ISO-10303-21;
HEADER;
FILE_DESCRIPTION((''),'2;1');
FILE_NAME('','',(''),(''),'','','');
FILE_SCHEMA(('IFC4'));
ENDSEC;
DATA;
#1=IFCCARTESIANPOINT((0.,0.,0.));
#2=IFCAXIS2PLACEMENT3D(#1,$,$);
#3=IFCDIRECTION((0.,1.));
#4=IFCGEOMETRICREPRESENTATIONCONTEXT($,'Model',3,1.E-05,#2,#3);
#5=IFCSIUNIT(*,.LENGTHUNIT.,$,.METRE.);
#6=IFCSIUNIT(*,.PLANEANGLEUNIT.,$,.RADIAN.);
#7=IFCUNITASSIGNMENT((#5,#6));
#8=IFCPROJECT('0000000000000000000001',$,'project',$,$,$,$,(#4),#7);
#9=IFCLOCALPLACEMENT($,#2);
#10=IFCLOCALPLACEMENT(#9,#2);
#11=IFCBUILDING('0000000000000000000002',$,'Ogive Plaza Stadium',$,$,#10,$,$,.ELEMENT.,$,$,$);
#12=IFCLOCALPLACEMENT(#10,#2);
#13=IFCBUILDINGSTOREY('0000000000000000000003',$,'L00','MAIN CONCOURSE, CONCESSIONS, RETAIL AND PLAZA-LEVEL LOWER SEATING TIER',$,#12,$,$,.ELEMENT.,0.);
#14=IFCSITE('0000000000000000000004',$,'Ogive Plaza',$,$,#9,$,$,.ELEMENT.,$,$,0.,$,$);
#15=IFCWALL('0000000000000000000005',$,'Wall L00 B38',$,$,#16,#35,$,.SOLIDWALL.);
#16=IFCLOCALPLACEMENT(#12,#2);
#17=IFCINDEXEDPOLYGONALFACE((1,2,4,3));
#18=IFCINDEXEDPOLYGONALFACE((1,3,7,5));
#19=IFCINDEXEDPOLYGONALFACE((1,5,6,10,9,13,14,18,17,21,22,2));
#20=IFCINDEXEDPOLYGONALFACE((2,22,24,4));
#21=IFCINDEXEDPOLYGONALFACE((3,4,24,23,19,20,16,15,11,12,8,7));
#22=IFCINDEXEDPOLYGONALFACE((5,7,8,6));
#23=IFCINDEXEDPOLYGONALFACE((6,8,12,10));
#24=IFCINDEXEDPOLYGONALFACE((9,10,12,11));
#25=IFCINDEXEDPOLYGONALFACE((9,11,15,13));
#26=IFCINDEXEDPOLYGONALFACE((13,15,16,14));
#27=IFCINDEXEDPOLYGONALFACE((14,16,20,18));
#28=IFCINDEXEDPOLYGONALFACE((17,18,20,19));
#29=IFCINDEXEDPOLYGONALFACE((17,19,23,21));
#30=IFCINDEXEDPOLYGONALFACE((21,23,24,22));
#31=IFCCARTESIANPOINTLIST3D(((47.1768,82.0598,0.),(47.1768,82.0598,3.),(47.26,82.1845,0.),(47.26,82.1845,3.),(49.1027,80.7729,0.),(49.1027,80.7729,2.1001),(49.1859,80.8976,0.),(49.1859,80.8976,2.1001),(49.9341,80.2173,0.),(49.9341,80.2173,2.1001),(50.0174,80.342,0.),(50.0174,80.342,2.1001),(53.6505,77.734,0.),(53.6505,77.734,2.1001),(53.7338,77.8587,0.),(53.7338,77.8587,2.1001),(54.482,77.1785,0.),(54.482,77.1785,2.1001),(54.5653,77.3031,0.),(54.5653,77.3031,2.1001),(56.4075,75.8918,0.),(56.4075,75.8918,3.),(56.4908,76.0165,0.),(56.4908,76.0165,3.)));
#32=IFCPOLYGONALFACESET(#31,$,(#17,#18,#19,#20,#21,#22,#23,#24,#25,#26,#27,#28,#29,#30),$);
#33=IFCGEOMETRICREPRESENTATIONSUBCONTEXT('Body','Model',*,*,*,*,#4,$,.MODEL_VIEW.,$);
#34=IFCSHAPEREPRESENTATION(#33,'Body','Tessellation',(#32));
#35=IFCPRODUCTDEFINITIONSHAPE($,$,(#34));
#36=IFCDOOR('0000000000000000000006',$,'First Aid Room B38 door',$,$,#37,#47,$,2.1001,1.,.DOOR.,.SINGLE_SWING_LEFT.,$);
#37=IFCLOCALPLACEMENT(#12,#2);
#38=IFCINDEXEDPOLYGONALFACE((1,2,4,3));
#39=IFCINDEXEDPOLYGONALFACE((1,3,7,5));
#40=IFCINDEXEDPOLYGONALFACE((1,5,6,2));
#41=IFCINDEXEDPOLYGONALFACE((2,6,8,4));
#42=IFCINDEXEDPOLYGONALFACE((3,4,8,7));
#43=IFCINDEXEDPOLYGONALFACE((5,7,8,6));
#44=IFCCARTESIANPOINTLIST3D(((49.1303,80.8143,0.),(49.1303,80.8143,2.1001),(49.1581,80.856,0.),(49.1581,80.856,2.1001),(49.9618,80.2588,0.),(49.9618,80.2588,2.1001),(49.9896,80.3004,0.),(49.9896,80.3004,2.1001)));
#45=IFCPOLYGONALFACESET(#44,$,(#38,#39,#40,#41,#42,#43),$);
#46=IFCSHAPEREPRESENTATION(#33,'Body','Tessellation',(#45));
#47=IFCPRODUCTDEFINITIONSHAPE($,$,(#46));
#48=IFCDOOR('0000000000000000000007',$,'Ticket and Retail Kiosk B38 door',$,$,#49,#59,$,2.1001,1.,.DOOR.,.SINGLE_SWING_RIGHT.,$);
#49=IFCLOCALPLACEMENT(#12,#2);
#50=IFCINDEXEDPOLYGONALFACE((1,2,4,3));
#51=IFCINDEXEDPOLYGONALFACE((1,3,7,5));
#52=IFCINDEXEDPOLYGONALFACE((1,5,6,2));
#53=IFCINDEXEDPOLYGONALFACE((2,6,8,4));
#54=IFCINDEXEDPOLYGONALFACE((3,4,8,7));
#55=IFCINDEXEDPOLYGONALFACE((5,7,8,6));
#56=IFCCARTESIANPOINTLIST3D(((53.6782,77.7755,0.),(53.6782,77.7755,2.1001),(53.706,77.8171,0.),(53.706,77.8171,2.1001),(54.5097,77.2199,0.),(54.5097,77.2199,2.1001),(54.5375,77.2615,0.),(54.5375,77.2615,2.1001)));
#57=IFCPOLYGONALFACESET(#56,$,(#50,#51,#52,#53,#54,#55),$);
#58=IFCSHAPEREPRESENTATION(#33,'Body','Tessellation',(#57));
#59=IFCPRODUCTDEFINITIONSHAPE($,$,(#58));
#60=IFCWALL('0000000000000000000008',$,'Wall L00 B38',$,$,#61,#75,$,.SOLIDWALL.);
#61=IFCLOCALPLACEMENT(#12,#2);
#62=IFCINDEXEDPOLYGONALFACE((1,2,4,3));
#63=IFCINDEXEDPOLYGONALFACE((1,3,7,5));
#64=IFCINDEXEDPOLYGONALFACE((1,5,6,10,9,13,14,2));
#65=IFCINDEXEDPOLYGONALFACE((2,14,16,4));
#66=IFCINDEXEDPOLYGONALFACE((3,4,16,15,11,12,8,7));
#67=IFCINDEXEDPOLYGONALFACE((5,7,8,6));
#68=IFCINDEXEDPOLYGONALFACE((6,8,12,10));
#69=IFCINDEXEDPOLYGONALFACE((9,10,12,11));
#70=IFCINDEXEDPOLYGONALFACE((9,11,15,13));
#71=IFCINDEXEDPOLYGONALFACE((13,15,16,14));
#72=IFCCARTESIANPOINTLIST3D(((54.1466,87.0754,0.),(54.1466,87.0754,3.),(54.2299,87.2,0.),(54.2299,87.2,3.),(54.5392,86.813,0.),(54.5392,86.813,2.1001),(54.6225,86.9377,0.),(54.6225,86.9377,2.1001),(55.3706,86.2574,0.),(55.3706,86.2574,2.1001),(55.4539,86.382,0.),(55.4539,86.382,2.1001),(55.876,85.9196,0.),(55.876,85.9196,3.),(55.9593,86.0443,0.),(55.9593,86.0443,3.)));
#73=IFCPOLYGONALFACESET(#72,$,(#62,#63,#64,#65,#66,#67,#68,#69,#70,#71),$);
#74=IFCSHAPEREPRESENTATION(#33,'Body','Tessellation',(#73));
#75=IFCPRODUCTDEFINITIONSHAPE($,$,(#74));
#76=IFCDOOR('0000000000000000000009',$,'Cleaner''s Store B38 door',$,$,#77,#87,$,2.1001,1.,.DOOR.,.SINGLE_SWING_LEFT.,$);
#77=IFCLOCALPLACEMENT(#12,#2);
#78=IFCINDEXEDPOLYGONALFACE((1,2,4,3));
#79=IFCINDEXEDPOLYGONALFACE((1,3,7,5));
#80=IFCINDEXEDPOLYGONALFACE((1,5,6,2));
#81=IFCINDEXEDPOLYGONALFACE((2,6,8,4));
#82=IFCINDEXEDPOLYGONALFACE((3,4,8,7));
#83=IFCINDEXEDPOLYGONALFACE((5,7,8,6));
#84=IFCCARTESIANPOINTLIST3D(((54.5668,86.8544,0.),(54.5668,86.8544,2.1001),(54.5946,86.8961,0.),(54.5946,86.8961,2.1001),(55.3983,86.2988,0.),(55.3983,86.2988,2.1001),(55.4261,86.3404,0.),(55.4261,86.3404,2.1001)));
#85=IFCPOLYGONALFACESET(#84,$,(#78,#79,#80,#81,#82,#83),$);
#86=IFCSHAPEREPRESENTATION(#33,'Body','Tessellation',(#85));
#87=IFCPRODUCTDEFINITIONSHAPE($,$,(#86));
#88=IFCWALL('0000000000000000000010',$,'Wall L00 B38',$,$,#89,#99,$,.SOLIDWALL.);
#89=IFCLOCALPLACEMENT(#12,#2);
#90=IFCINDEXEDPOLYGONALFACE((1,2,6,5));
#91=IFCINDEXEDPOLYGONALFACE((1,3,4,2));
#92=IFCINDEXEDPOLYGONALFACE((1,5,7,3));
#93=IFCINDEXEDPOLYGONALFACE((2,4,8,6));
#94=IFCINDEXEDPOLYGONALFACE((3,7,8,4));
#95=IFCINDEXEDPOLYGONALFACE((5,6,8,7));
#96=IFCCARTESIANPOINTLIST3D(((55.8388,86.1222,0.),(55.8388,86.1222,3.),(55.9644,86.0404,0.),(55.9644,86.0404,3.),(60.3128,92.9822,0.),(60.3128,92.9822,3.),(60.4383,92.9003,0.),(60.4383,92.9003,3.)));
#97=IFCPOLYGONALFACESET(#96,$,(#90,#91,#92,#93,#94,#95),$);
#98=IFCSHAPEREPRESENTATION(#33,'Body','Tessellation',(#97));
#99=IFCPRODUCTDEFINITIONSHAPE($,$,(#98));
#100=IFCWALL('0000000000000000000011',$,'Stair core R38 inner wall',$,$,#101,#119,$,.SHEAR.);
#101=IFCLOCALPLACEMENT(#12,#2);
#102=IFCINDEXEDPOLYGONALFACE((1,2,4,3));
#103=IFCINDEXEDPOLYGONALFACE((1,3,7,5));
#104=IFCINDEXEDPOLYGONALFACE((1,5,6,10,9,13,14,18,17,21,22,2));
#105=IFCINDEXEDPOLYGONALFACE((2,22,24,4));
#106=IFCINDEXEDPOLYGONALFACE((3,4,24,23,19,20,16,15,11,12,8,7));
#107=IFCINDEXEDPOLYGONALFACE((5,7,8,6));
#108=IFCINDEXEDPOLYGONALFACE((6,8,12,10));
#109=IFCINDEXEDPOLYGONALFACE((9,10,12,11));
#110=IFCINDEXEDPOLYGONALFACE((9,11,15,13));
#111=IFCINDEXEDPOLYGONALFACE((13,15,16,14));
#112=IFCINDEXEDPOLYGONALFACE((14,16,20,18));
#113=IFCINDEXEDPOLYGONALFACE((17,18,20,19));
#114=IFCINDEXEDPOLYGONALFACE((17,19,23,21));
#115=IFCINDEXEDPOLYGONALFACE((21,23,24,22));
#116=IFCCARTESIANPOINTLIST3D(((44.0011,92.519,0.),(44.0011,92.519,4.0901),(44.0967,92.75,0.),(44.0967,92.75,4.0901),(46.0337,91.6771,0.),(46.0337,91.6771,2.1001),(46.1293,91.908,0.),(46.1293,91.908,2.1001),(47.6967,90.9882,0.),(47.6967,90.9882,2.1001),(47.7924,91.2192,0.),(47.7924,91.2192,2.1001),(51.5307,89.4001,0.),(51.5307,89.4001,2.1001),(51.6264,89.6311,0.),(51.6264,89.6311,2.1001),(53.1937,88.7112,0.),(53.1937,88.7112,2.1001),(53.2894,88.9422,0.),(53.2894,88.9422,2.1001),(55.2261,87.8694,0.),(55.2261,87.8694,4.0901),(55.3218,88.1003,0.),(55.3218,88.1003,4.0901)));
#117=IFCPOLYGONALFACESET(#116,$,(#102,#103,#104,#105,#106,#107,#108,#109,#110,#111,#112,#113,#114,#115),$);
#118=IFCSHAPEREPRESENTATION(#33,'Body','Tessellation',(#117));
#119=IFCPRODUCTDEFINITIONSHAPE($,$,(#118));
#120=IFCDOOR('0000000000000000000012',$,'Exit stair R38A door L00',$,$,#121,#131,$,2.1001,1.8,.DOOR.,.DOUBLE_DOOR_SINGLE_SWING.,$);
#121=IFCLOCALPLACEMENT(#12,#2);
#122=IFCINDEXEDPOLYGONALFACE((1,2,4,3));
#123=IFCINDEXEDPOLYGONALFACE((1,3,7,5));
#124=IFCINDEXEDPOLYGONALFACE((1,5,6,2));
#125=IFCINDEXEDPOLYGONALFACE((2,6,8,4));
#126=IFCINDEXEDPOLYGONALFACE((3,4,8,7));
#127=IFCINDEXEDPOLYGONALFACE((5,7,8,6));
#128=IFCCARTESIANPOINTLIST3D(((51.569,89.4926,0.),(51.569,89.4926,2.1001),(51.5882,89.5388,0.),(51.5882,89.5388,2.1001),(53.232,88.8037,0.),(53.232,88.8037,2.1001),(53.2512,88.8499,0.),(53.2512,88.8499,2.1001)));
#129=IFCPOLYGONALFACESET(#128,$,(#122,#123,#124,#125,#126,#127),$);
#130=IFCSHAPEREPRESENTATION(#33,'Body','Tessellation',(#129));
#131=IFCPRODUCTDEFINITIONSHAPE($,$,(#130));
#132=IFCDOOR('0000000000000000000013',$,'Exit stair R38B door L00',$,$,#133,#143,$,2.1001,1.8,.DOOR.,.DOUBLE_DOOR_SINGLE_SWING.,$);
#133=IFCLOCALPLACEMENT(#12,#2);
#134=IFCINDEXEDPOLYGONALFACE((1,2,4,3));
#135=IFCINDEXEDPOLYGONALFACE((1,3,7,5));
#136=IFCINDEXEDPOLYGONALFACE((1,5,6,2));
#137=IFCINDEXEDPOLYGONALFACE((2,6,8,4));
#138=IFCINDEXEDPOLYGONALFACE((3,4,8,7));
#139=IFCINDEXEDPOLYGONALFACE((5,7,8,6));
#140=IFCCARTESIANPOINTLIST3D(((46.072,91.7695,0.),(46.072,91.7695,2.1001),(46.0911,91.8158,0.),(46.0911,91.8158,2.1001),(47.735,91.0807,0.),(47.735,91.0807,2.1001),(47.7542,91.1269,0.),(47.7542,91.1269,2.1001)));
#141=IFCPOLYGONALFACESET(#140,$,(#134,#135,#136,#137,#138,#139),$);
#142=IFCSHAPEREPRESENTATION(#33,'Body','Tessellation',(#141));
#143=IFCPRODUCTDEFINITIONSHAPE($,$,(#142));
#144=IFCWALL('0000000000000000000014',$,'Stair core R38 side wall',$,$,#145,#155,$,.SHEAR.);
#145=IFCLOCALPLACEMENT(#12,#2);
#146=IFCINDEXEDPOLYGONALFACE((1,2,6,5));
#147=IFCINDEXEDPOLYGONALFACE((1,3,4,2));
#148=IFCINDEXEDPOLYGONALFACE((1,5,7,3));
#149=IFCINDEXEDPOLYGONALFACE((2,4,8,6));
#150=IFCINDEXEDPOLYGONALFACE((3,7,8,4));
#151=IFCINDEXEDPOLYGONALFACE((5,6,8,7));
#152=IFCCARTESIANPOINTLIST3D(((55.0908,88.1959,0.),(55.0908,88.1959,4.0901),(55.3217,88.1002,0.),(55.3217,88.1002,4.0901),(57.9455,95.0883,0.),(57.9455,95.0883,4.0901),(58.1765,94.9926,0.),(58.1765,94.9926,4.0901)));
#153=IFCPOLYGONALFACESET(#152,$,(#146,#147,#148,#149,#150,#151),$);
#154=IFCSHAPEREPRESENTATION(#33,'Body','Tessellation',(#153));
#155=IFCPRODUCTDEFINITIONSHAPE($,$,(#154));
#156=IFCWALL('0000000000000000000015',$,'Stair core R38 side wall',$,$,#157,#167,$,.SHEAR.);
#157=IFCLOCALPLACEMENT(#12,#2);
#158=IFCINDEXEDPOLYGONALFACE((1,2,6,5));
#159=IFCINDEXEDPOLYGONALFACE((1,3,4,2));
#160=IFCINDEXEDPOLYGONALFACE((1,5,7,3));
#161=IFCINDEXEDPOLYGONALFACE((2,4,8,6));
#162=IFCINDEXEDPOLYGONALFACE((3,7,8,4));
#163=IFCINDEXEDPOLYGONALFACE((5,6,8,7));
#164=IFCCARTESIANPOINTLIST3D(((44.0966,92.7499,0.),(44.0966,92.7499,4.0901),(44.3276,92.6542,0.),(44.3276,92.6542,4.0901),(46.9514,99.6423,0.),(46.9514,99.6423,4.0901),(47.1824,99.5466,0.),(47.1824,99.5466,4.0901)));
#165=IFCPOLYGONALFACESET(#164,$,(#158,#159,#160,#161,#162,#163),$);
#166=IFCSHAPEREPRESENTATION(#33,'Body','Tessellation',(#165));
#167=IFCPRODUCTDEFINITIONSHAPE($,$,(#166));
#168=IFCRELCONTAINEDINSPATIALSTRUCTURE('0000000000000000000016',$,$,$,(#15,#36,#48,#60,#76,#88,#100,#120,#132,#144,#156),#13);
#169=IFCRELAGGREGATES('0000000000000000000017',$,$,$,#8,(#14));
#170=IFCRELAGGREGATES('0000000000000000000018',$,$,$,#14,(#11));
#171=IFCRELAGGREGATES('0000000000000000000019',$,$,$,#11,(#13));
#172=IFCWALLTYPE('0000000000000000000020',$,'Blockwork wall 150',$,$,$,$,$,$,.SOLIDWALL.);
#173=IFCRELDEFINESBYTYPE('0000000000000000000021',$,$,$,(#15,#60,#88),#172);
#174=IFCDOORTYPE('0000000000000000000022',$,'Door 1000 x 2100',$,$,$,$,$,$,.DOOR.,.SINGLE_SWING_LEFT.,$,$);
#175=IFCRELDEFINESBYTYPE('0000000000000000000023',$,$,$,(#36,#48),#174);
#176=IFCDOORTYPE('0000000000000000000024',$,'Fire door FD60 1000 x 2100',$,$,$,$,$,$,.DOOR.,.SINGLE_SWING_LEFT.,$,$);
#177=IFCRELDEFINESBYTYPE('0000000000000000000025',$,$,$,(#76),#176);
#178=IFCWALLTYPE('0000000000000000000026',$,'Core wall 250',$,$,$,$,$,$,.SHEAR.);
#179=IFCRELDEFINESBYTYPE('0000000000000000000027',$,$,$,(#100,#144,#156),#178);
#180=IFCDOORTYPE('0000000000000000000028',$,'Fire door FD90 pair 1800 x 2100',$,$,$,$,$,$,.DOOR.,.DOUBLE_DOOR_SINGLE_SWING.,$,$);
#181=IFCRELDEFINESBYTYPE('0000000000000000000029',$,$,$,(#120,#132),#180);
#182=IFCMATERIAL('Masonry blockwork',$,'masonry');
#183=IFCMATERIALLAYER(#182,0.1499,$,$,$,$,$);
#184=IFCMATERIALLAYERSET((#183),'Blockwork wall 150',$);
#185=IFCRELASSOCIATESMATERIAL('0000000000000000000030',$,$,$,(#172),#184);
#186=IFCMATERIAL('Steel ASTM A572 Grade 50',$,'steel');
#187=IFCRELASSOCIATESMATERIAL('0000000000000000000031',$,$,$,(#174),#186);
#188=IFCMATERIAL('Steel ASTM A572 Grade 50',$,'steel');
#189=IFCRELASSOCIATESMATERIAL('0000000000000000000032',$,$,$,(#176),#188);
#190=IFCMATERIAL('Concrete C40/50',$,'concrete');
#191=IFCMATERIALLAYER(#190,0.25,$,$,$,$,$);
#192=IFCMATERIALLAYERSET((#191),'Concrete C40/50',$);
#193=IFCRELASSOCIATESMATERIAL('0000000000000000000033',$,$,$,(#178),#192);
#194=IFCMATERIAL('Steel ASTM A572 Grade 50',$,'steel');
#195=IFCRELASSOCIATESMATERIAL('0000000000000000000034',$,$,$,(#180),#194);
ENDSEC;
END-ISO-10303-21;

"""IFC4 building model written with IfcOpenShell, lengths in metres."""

from ifc_helpers import new_model, si_unit, direction, frame, frame_2d, origin, place, context, subcontext, project, spatial, rectangle, extrude, material, layer, layer_set, type_object, element, fill, save


model = new_model("IFC4")

# Units and contexts
model_context = context("Model", 3, precision=1e-05, world=origin(), true_north=direction((0.0, 1.0)))
body_context = subcontext(model_context, "Body", "Model", "MODEL_VIEW")
ifc_project = project(units=[si_unit("LENGTHUNIT", "METRE"), si_unit("PLANEANGLEUNIT", "RADIAN")], contexts=[model_context])

# Site, building, storey
site_placement = place(None, origin())
site = spatial("IfcSite", under=ifc_project, at=site_placement, Name="Ogive Plaza", CompositionType="ELEMENT", RefElevation=0.0)
building_placement = place(site_placement, origin())
building = spatial("IfcBuilding", under=site, at=building_placement, Name="Ogive Plaza Stadium", CompositionType="ELEMENT")
storey_placement = place(building_placement, origin())
storey = spatial("IfcBuildingStorey", under=building, at=storey_placement, Name="L00", Description="MAIN CONCOURSE, CONCESSIONS, RETAIL AND PLAZA-LEVEL LOWER SEATING TIER", CompositionType="ELEMENT", Elevation=0.0)

# Shared definitions
ifc_material_1 = material(Name="Masonry blockwork", Category="masonry")
ifc_layer_1 = layer(ifc_material_1, 0.1499)
ifc_layer_set_1 = layer_set([ifc_layer_1], Name="Blockwork wall 150")
wall_type_1 = type_object("IfcWallType", Name="Blockwork wall 150", PredefinedType="SOLIDWALL", material=ifc_layer_set_1)
ifc_material_2 = material(Name="Steel ASTM A572 Grade 50", Category="steel")
door_type_1 = type_object("IfcDoorType", Name="Door 1000 x 2100", OperationType="SINGLE_SWING_LEFT", PredefinedType="DOOR", material=ifc_material_2)

# Shared definitions
ifc_material_3 = material(Name="Steel ASTM A572 Grade 50", Category="steel")
door_type_2 = type_object("IfcDoorType", Name="Fire door FD60 1000 x 2100", OperationType="SINGLE_SWING_LEFT", PredefinedType="DOOR", material=ifc_material_3)

# Wall, openings, doors
wall_1_placement = place(storey_placement, frame((47.2185, 82.1221, 0.0), z_axis=(0.0, 0.0, 1.0), x_axis=(0.831461, -0.555583, 0.0)))
wall_1 = element("IfcWall", 1, at=wall_1_placement, inside=storey, type_object=wall_type_1, Name="Wall L00 B38", PredefinedType="SOLIDWALL", context=body_context, shape_type="SweptSolid", body=[
    extrude(rectangle(XDim=11.1018, YDim=0.1499, at=frame_2d((5.5508, 0.0))), origin(), (0.0, 0.0, 1.0), 3.0),
])
opening_1_placement = place(wall_1_placement, frame((2.3162, 0.0, 0.0)))
opening_1 = element("IfcOpeningElement", 2, at=opening_1_placement, cuts=wall_1, PredefinedType="OPENING", context=body_context, shape_type="SweptSolid", body=[
    extrude(rectangle(XDim=1.0, YDim=2.1001, at=frame_2d((0.5, 1.05))), frame((0.0, 0.075, 0.0), z_axis=(0.0, -1.0, 0.0), x_axis=(1.0, 0.0, 0.0)), (0.0, 0.0, 1.0), 0.1499),
])
opening_2_placement = place(wall_1_placement, frame((7.7859, 0.0, 0.0)))
opening_2 = element("IfcOpeningElement", 3, at=opening_2_placement, cuts=wall_1, PredefinedType="OPENING", context=body_context, shape_type="SweptSolid", body=[
    extrude(rectangle(XDim=1.0, YDim=2.1001, at=frame_2d((0.5, 1.05))), frame((0.0, 0.075, 0.0), z_axis=(0.0, -1.0, 0.0), x_axis=(1.0, 0.0, 0.0)), (0.0, 0.0, 1.0), 0.1499),
])
door_1_placement = place(opening_1_placement, origin())
door_1 = element("IfcDoor", 4, at=door_1_placement, inside=storey, type_object=door_type_1, Name="First Aid Room B38 door", OperationType="SINGLE_SWING_LEFT", OverallHeight=2.1001, OverallWidth=1.0, PredefinedType="DOOR", context=body_context, shape_type="SweptSolid", body=[
    extrude(rectangle(XDim=1.0, YDim=2.1001, at=frame_2d((0.5, 1.05))), frame((0.0, 0.0249, 0.0), z_axis=(0.0, -1.0, 0.0), x_axis=(1.0, 0.0, 0.0)), (0.0, 0.0, 1.0), 0.05),
])
fill(opening_1, door_1)
door_2_placement = place(opening_2_placement, origin())
door_2 = element("IfcDoor", 5, at=door_2_placement, inside=storey, type_object=door_type_1, Name="Ticket and Retail Kiosk B38 door", OperationType="SINGLE_SWING_RIGHT", OverallHeight=2.1001, OverallWidth=1.0, PredefinedType="DOOR", context=body_context, shape_type="SweptSolid", body=[
    extrude(rectangle(XDim=1.0, YDim=2.1001, at=frame_2d((0.5, 1.05))), frame((0.0, 0.0249, 0.0), z_axis=(0.0, -1.0, 0.0), x_axis=(1.0, 0.0, 0.0)), (0.0, 0.0, 1.0), 0.05),
])
fill(opening_2, door_2)

# Wall, opening, door
wall_2_placement = place(storey_placement, frame((54.1882, 87.1377, 0.0), z_axis=(0.0, 0.0, 1.0), x_axis=(0.831436, -0.555621, 0.0)))
wall_2 = element("IfcWall", 6, at=wall_2_placement, inside=storey, type_object=wall_type_1, Name="Wall L00 B38", PredefinedType="SOLIDWALL", context=body_context, shape_type="SweptSolid", body=[
    extrude(rectangle(XDim=2.0801, YDim=0.1499, at=frame_2d((1.04, 0.0))), origin(), (0.0, 0.0, 1.0), 3.0),
])
opening_3_placement = place(wall_2_placement, frame((0.4722, 0.0, 0.0)))
opening_3 = element("IfcOpeningElement", 7, at=opening_3_placement, cuts=wall_2, PredefinedType="OPENING", context=body_context, shape_type="SweptSolid", body=[
    extrude(rectangle(XDim=1.0, YDim=2.1001, at=frame_2d((0.5, 1.05))), frame((0.0, 0.075, 0.0), z_axis=(0.0, -1.0, 0.0), x_axis=(1.0, 0.0, 0.0)), (0.0, 0.0, 1.0), 0.1499),
])
door_3_placement = place(opening_3_placement, origin())
door_3 = element("IfcDoor", 8, at=door_3_placement, inside=storey, type_object=door_type_2, Name="Cleaner's Store B38 door", OperationType="SINGLE_SWING_LEFT", OverallHeight=2.1001, OverallWidth=1.0, PredefinedType="DOOR", context=body_context, shape_type="SweptSolid", body=[
    extrude(rectangle(XDim=1.0, YDim=2.1001, at=frame_2d((0.5, 1.05))), frame((0.0, 0.0249, 0.0), z_axis=(0.0, -1.0, 0.0), x_axis=(1.0, 0.0, 0.0)), (0.0, 0.0, 1.0), 0.05),
])
fill(opening_3, door_3)

# Wall
wall_3_placement = place(storey_placement, frame((55.9016, 86.0813, 0.0), z_axis=(0.0, 0.0, 1.0), x_axis=(0.546272, 0.837608, 0.0)))
element("IfcWall", 9, at=wall_3_placement, inside=storey, type_object=wall_type_1, Name="Wall L00 B38", PredefinedType="SOLIDWALL", context=body_context, shape_type="SweptSolid", body=[
    extrude(rectangle(XDim=8.1899, YDim=0.1499, at=frame_2d((4.095, 0.0))), origin(), (0.0, 0.0, 1.0), 3.0),
])

# Wall, openings, doors
ifc_material_4 = material(Name="Concrete C40/50", Category="concrete")
ifc_layer_2 = layer(ifc_material_4, 0.25)
ifc_layer_set_2 = layer_set([ifc_layer_2], Name="Concrete C40/50")
wall_type_2 = type_object("IfcWallType", Name="Core wall 250", PredefinedType="SHEAR", material=ifc_layer_set_2)
wall_4_placement = place(storey_placement, frame((55.2739, 87.9849, 0.0), z_axis=(0.0, 0.0, 1.0), x_axis=(-0.923877, 0.382688, 0.0)))
wall_4 = element("IfcWall", 10, at=wall_4_placement, inside=storey, type_object=wall_type_2, Name="Stair core R38 inner wall", PredefinedType="SHEAR", context=body_context, shape_type="SweptSolid", body=[
    extrude(rectangle(XDim=12.1499, YDim=0.25, at=frame_2d((6.075, 0.0))), origin(), (0.0, 0.0, 1.0), 4.0901),
])
opening_4_placement = place(wall_4_placement, frame((2.2, 0.0, 0.0)))
opening_4 = element("IfcOpeningElement", 11, at=opening_4_placement, cuts=wall_4, PredefinedType="OPENING", context=body_context, shape_type="SweptSolid", body=[
    extrude(rectangle(XDim=1.8, YDim=2.1001, at=frame_2d((0.8999, 1.05))), frame((0.0, 0.125, 0.0), z_axis=(0.0, -1.0, 0.0), x_axis=(1.0, 0.0, 0.0)), (0.0, 0.0, 1.0), 0.25),
])
opening_5_placement = place(wall_4_placement, frame((8.1499, 0.0, 0.0)))
opening_5 = element("IfcOpeningElement", 12, at=opening_5_placement, cuts=wall_4, PredefinedType="OPENING", context=body_context, shape_type="SweptSolid", body=[
    extrude(rectangle(XDim=1.8, YDim=2.1001, at=frame_2d((0.8999, 1.05))), frame((0.0, 0.125, 0.0), z_axis=(0.0, -1.0, 0.0), x_axis=(1.0, 0.0, 0.0)), (0.0, 0.0, 1.0), 0.25),
])
ifc_material_5 = material(Name="Steel ASTM A572 Grade 50", Category="steel")
door_type_3 = type_object("IfcDoorType", Name="Fire door FD90 pair 1800 x 2100", OperationType="DOUBLE_DOOR_SINGLE_SWING", PredefinedType="DOOR", material=ifc_material_5)
door_4_placement = place(opening_4_placement, origin())
door_4 = element("IfcDoor", 13, at=door_4_placement, inside=storey, type_object=door_type_3, Name="Exit stair R38A door L00", OperationType="DOUBLE_DOOR_SINGLE_SWING", OverallHeight=2.1001, OverallWidth=1.8, PredefinedType="DOOR", context=body_context, shape_type="SweptSolid", body=[
    extrude(rectangle(XDim=1.8, YDim=2.1001, at=frame_2d((0.8999, 1.05))), frame((0.0, 0.0249, 0.0), z_axis=(0.0, -1.0, 0.0), x_axis=(1.0, 0.0, 0.0)), (0.0, 0.0, 1.0), 0.05),
])
fill(opening_4, door_4)
door_5_placement = place(opening_5_placement, origin())
door_5 = element("IfcDoor", 14, at=door_5_placement, inside=storey, type_object=door_type_3, Name="Exit stair R38B door L00", OperationType="DOUBLE_DOOR_SINGLE_SWING", OverallHeight=2.1001, OverallWidth=1.8, PredefinedType="DOOR", context=body_context, shape_type="SweptSolid", body=[
    extrude(rectangle(XDim=1.8, YDim=2.1001, at=frame_2d((0.8999, 1.05))), frame((0.0, 0.0249, 0.0), z_axis=(0.0, -1.0, 0.0), x_axis=(1.0, 0.0, 0.0)), (0.0, 0.0, 1.0), 0.05),
])
fill(opening_5, door_5)

# Walls
for number, where, z_axis, x_axis, name in (
    (15, (55.2063, 88.1482, 0.0), (0.0, 0.0, 1.0), (0.382665, 0.923887, 0.0), "Stair core R38 side wall"),
    (16, (44.2122, 92.7021, 0.0), (0.0, 0.0, 1.0), (0.382665, 0.923887, 0.0), "Stair core R38 side wall"),
):
    element("IfcWall", number, at=place(storey_placement, frame(where, z_axis=z_axis, x_axis=x_axis)), inside=storey, type_object=wall_type_2, Name=name, PredefinedType="SHEAR", context=body_context, shape_type="SweptSolid", body=[
        extrude(rectangle(XDim=7.4602, YDim=0.25, at=frame_2d((3.73, 0.0))), origin(), (0.0, 0.0, 1.0), 4.0901),
    ])

save(model, "model.ifc")
